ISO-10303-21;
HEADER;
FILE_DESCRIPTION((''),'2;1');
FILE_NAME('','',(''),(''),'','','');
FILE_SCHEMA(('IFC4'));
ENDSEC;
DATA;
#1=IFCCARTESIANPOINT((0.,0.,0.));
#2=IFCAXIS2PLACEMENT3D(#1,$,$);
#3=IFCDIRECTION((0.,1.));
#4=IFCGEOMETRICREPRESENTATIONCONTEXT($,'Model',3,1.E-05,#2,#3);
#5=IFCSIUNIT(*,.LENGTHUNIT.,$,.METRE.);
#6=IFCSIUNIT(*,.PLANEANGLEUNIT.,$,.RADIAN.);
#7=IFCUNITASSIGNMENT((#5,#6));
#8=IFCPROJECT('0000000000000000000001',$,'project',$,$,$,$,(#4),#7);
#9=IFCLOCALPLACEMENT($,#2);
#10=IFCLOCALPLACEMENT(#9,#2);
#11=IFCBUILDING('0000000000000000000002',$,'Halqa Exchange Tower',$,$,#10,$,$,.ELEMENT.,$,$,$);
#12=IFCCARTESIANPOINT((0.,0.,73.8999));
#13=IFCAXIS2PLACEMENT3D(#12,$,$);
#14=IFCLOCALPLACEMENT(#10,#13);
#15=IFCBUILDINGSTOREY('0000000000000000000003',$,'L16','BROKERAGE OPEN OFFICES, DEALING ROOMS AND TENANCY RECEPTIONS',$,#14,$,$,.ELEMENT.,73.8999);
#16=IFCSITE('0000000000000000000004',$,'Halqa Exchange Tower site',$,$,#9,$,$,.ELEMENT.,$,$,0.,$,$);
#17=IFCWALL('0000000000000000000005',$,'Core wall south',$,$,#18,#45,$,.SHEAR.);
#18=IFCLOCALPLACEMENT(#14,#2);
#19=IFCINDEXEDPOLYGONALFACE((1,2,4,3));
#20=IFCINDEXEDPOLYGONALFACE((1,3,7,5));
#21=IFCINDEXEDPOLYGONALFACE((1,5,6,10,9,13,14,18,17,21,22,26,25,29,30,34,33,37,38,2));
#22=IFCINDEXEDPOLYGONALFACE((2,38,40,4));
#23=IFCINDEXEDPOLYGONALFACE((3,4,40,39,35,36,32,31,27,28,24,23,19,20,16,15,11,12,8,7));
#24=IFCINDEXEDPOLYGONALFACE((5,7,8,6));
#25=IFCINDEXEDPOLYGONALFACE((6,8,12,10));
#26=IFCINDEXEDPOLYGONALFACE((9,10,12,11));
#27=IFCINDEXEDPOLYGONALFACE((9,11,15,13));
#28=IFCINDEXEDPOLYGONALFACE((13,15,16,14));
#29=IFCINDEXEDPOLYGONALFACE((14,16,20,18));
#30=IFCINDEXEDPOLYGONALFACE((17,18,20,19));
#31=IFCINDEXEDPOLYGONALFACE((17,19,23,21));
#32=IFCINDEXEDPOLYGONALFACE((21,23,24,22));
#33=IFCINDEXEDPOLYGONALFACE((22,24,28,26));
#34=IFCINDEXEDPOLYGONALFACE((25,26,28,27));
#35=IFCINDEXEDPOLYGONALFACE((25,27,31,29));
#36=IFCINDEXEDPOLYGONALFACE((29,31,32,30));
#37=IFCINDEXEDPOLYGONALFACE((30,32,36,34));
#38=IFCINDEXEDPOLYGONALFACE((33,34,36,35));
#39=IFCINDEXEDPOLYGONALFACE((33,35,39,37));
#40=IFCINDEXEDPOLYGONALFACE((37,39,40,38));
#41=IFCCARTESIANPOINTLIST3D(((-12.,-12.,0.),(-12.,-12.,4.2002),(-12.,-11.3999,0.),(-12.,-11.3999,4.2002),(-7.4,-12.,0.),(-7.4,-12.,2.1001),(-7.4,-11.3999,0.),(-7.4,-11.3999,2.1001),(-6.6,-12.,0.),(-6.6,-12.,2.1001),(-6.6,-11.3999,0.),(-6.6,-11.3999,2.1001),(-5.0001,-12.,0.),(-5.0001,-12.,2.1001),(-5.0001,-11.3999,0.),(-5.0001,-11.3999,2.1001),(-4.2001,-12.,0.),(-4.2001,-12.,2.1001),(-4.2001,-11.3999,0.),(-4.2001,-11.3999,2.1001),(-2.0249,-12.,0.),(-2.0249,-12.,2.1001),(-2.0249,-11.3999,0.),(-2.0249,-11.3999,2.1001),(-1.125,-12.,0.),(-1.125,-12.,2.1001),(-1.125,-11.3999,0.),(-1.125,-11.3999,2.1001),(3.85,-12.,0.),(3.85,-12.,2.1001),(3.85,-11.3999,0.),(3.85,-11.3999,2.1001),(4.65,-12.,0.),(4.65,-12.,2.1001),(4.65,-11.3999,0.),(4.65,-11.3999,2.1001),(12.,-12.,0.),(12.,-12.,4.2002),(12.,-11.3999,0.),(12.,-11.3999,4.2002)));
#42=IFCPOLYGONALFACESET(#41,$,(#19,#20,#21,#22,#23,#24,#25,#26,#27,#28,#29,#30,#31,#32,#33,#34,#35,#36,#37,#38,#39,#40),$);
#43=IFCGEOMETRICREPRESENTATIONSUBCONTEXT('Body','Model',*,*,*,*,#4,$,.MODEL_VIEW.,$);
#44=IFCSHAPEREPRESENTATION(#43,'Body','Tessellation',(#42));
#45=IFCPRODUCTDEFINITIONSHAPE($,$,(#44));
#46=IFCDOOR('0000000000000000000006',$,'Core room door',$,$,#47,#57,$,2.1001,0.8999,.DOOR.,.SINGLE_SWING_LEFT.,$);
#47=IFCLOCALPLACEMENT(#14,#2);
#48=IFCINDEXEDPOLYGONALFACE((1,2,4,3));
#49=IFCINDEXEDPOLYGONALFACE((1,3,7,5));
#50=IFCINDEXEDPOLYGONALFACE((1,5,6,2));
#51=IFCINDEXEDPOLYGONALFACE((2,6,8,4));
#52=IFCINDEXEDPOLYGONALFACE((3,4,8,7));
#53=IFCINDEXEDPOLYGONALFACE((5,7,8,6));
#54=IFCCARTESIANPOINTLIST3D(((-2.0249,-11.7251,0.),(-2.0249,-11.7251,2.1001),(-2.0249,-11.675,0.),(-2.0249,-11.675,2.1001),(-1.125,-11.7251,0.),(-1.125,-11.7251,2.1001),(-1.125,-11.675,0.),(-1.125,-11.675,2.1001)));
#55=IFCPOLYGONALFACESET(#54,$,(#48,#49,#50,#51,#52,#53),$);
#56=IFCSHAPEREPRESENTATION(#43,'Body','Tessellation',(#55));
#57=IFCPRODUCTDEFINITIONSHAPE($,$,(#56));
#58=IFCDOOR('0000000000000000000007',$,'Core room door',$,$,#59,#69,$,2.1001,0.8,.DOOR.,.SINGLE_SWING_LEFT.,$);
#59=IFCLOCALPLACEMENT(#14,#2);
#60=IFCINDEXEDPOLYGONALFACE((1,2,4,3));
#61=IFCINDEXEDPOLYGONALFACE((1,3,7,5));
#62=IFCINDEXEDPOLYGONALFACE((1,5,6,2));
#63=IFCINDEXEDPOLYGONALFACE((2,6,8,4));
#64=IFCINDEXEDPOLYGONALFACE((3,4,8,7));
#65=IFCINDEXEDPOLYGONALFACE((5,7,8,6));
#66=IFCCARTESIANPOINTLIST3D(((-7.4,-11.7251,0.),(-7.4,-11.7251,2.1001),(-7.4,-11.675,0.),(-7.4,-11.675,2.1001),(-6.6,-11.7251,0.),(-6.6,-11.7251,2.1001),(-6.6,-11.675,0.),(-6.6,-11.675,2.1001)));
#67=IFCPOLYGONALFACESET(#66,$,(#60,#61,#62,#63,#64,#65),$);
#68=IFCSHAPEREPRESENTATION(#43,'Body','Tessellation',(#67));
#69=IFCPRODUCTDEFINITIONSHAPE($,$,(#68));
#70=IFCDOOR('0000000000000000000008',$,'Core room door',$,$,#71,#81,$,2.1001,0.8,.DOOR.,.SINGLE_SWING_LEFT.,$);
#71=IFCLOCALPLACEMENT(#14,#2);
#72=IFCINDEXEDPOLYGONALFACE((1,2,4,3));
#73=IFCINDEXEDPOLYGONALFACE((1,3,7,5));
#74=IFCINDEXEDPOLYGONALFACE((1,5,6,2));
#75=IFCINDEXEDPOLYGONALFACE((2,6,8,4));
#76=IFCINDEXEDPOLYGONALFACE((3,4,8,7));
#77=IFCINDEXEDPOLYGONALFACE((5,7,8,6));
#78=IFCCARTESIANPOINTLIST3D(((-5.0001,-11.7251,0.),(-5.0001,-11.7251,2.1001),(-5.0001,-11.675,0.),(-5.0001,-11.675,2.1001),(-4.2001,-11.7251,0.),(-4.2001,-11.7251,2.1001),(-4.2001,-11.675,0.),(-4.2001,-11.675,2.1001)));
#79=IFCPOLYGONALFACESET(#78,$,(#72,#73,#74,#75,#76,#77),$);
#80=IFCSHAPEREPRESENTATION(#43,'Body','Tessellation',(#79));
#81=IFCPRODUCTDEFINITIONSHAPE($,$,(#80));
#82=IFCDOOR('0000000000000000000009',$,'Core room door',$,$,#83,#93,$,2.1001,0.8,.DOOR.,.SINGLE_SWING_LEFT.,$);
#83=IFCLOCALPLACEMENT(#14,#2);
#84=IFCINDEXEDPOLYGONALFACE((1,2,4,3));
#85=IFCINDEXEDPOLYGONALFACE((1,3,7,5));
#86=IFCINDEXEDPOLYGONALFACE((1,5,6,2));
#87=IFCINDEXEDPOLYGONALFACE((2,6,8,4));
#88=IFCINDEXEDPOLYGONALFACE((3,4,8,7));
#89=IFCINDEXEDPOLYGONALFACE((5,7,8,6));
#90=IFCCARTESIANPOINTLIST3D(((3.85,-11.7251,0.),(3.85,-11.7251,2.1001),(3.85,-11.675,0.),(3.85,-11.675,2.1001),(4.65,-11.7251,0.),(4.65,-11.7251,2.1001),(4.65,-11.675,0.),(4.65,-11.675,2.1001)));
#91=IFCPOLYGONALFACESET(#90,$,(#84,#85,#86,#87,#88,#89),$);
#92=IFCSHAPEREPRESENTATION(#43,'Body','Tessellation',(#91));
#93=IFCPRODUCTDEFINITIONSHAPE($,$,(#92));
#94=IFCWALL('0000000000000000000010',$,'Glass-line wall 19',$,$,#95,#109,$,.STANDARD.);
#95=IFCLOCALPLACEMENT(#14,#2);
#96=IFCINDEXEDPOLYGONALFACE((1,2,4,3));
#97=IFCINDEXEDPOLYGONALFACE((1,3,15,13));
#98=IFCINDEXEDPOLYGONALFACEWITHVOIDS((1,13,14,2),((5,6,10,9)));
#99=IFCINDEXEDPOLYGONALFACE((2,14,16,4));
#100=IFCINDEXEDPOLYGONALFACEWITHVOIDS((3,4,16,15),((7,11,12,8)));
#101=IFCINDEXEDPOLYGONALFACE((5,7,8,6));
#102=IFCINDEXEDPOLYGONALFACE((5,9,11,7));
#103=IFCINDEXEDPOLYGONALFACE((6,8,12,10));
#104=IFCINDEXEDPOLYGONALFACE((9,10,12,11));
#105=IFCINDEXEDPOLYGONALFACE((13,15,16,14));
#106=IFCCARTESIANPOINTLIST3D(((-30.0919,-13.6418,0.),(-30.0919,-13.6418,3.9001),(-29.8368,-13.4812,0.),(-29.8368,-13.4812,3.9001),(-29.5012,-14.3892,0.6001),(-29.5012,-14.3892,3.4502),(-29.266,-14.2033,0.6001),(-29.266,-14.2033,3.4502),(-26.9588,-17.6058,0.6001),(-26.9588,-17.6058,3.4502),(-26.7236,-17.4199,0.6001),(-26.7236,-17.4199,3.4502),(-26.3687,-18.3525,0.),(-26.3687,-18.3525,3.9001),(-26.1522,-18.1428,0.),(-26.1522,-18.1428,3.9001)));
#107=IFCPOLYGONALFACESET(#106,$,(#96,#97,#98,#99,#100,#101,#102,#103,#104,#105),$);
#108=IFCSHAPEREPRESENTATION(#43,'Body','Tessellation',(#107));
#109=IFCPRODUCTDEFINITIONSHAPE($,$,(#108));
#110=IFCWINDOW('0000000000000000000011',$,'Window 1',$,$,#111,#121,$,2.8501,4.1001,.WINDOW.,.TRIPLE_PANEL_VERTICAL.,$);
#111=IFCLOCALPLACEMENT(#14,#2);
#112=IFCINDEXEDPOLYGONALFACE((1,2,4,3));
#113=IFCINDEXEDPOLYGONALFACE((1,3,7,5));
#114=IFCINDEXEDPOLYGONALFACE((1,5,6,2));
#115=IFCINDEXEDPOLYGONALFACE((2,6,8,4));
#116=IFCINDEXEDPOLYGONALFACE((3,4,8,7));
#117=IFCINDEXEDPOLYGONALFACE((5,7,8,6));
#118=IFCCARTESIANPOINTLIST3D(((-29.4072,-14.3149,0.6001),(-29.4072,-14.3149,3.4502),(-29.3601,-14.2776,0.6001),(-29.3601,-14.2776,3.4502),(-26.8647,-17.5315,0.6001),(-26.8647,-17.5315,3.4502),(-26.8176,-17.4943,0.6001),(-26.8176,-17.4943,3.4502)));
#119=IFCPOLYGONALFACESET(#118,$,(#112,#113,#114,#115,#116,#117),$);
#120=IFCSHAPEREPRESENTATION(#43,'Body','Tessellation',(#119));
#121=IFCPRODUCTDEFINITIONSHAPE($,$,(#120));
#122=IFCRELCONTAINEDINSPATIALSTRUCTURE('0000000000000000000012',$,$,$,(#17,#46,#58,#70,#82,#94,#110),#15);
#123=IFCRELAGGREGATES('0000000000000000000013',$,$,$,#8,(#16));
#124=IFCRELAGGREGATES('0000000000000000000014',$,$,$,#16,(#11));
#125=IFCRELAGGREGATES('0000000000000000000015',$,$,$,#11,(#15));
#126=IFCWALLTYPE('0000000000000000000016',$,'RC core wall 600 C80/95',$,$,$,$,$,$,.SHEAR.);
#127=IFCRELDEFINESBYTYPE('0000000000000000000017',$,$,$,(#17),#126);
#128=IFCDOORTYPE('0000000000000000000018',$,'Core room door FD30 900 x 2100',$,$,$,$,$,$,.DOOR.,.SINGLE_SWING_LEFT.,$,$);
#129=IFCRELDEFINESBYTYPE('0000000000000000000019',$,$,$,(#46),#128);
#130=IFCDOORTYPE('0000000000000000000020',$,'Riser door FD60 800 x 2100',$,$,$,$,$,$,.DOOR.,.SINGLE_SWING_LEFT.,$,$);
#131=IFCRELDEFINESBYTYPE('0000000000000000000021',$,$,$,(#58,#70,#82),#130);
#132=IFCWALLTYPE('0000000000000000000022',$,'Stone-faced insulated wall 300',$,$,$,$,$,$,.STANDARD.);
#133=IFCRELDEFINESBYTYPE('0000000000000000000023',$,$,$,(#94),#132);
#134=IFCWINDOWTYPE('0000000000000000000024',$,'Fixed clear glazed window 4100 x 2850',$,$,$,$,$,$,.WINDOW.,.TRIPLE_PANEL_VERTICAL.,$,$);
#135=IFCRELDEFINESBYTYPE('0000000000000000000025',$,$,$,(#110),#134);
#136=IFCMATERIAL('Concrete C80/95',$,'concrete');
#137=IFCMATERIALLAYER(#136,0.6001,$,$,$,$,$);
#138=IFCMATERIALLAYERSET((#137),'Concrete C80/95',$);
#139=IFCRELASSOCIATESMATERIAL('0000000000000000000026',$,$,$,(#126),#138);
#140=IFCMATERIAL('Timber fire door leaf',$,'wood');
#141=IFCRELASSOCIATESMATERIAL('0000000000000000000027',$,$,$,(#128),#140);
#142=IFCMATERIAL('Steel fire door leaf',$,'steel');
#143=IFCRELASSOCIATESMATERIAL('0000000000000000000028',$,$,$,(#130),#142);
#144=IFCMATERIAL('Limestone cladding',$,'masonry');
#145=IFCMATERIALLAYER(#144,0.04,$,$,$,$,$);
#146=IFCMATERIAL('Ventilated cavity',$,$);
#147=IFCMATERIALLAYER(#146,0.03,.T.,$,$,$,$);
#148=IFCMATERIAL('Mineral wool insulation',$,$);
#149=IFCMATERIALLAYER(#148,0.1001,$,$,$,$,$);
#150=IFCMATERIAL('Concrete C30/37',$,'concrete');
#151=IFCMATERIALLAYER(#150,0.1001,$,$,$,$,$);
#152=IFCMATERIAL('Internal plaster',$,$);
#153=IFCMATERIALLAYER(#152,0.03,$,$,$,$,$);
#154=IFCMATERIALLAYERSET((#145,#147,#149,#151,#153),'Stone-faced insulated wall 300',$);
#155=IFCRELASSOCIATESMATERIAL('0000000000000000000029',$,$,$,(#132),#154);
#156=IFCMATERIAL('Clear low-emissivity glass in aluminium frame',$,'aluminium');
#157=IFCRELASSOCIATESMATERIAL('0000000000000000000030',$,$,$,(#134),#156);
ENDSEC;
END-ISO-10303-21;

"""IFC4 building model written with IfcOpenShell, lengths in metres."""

from ifc_helpers import new_model, si_unit, direction, frame, frame_2d, origin, place, context, subcontext, project, spatial, polyline, rectangle, outline, extrude, material, layer, layer_set, type_object, element, fill, save


model = new_model("IFC4")

# Units and contexts
model_context = context("Model", 3, precision=1e-05, world=origin(), true_north=direction((0.0, 1.0)))
body_context = subcontext(model_context, "Body", "Model", "MODEL_VIEW")
ifc_project = project(units=[si_unit("LENGTHUNIT", "METRE"), si_unit("PLANEANGLEUNIT", "RADIAN")], contexts=[model_context])

# Site, building, storey
site_placement = place(None, origin())
site = spatial("IfcSite", under=ifc_project, at=site_placement, Name="Halqa Exchange Tower site", CompositionType="ELEMENT", RefElevation=0.0)
building_placement = place(site_placement, origin())
building = spatial("IfcBuilding", under=site, at=building_placement, Name="Halqa Exchange Tower", CompositionType="ELEMENT")
storey_placement = place(building_placement, frame((0.0, 0.0, 73.8999)))
storey = spatial("IfcBuildingStorey", under=building, at=storey_placement, Name="L16", Description="BROKERAGE OPEN OFFICES, DEALING ROOMS AND TENANCY RECEPTIONS", CompositionType="ELEMENT", Elevation=73.8999)

# Shared definitions
ifc_material_1 = material(Name="Steel fire door leaf", Category="steel")

# Wall, openings, doors
ifc_material_2 = material(Name="Concrete C80/95", Category="concrete")
ifc_layer_1 = layer(ifc_material_2, 0.6001)
ifc_layer_set_1 = layer_set([ifc_layer_1], Name="Concrete C80/95")
wall_type_1 = type_object("IfcWallType", Name="RC core wall 600 C80/95", PredefinedType="SHEAR", material=ifc_layer_set_1)
wall_1_placement = place(storey_placement, frame((-12.0, -11.7, 0.0), z_axis=(0.0, 0.0, 1.0), x_axis=(1.0, 0.0, 0.0)))
wall_1 = element("IfcWall", 1, at=wall_1_placement, inside=storey, type_object=wall_type_1, Name="Core wall south", PredefinedType="SHEAR", context=body_context, shape_type="SweptSolid", body=[
    extrude(rectangle(XDim=24.0, YDim=0.6001, at=frame_2d((12.0, 0.0))), origin(), (0.0, 0.0, 1.0), 4.2002),
])
opening_1_placement = place(wall_1_placement, frame((9.9751, 0.0, 0.0)))
opening_1 = element("IfcOpeningElement", 2, at=opening_1_placement, cuts=wall_1, PredefinedType="OPENING", context=body_context, shape_type="SweptSolid", body=[
    extrude(rectangle(XDim=0.8999, YDim=2.1001, at=frame_2d((0.45, 1.05))), frame((0.0, 0.312, 0.0), z_axis=(0.0, -1.0, 0.0), x_axis=(1.0, 0.0, 0.0)), (0.0, 0.0, 1.0), 0.624),
])
opening_2_placement = place(wall_1_placement, frame((4.6001, 0.0, 0.0)))
opening_2 = element("IfcOpeningElement", 3, at=opening_2_placement, cuts=wall_1, PredefinedType="OPENING", context=body_context, shape_type="SweptSolid", body=[
    extrude(rectangle(XDim=0.8, YDim=2.1001, at=frame_2d((0.3999, 1.05))), frame((0.0, 0.312, 0.0), z_axis=(0.0, -1.0, 0.0), x_axis=(1.0, 0.0, 0.0)), (0.0, 0.0, 1.0), 0.624),
])
opening_3_placement = place(wall_1_placement, frame((7.0, 0.0, 0.0)))
opening_3 = element("IfcOpeningElement", 4, at=opening_3_placement, cuts=wall_1, PredefinedType="OPENING", context=body_context, shape_type="SweptSolid", body=[
    extrude(rectangle(XDim=0.8, YDim=2.1001, at=frame_2d((0.3999, 1.05))), frame((0.0, 0.312, 0.0), z_axis=(0.0, -1.0, 0.0), x_axis=(1.0, 0.0, 0.0)), (0.0, 0.0, 1.0), 0.624),
])
opening_4_placement = place(wall_1_placement, frame((15.8501, 0.0, 0.0)))
opening_4 = element("IfcOpeningElement", 5, at=opening_4_placement, cuts=wall_1, PredefinedType="OPENING", context=body_context, shape_type="SweptSolid", body=[
    extrude(rectangle(XDim=0.8, YDim=2.1001, at=frame_2d((0.3999, 1.05))), frame((0.0, 0.312, 0.0), z_axis=(0.0, -1.0, 0.0), x_axis=(1.0, 0.0, 0.0)), (0.0, 0.0, 1.0), 0.624),
])
ifc_material_3 = material(Name="Timber fire door leaf", Category="wood")
door_type_1 = type_object("IfcDoorType", Name="Core room door FD30 900 x 2100", OperationType="SINGLE_SWING_LEFT", PredefinedType="DOOR", material=ifc_material_3)
door_1_placement = place(opening_1_placement, origin())
door_1 = element("IfcDoor", 6, at=door_1_placement, inside=storey, type_object=door_type_1, Name="Core room door", OperationType="SINGLE_SWING_LEFT", OverallHeight=2.1001, OverallWidth=0.8999, PredefinedType="DOOR", context=body_context, shape_type="SweptSolid", body=[
    extrude(rectangle(XDim=0.8999, YDim=2.1001, at=frame_2d((0.45, 1.05))), frame((0.0, 0.0249, 0.0), z_axis=(0.0, -1.0, 0.0), x_axis=(1.0, 0.0, 0.0)), (0.0, 0.0, 1.0), 0.05),
])
fill(opening_1, door_1)
door_type_2 = type_object("IfcDoorType", Name="Riser door FD60 800 x 2100", OperationType="SINGLE_SWING_LEFT", PredefinedType="DOOR", material=ifc_material_1)
door_2_placement = place(opening_2_placement, origin())
door_2 = element("IfcDoor", 7, at=door_2_placement, inside=storey, type_object=door_type_2, Name="Core room door", OperationType="SINGLE_SWING_LEFT", OverallHeight=2.1001, OverallWidth=0.8, PredefinedType="DOOR", context=body_context, shape_type="SweptSolid", body=[
    extrude(rectangle(XDim=0.8, YDim=2.1001, at=frame_2d((0.3999, 1.05))), frame((0.0, 0.0249, 0.0), z_axis=(0.0, -1.0, 0.0), x_axis=(1.0, 0.0, 0.0)), (0.0, 0.0, 1.0), 0.05),
])
fill(opening_2, door_2)
door_3_placement = place(opening_3_placement, origin())
door_3 = element("IfcDoor", 8, at=door_3_placement, inside=storey, type_object=door_type_2, Name="Core room door", OperationType="SINGLE_SWING_LEFT", OverallHeight=2.1001, OverallWidth=0.8, PredefinedType="DOOR", context=body_context, shape_type="SweptSolid", body=[
    extrude(rectangle(XDim=0.8, YDim=2.1001, at=frame_2d((0.3999, 1.05))), frame((0.0, 0.0249, 0.0), z_axis=(0.0, -1.0, 0.0), x_axis=(1.0, 0.0, 0.0)), (0.0, 0.0, 1.0), 0.05),
])
fill(opening_3, door_3)
door_4_placement = place(opening_4_placement, origin())
door_4 = element("IfcDoor", 9, at=door_4_placement, inside=storey, type_object=door_type_2, Name="Core room door", OperationType="SINGLE_SWING_LEFT", OverallHeight=2.1001, OverallWidth=0.8, PredefinedType="DOOR", context=body_context, shape_type="SweptSolid", body=[
    extrude(rectangle(XDim=0.8, YDim=2.1001, at=frame_2d((0.3999, 1.05))), frame((0.0, 0.0249, 0.0), z_axis=(0.0, -1.0, 0.0), x_axis=(1.0, 0.0, 0.0)), (0.0, 0.0, 1.0), 0.05),
])
fill(opening_4, door_4)

# Wall, opening, window
ifc_material_4 = material(Name="Limestone cladding", Category="masonry")
ifc_layer_2 = layer(ifc_material_4, 0.04)
ifc_material_5 = material(Name="Ventilated cavity")
ifc_layer_3 = layer(ifc_material_5, 0.03, ventilated=True)
ifc_material_6 = material(Name="Mineral wool insulation")
ifc_layer_4 = layer(ifc_material_6, 0.1001)
ifc_material_7 = material(Name="Concrete C30/37", Category="concrete")
ifc_layer_5 = layer(ifc_material_7, 0.1001)
ifc_material_8 = material(Name="Internal plaster")
ifc_layer_6 = layer(ifc_material_8, 0.03)
ifc_layer_set_2 = layer_set([ifc_layer_2, ifc_layer_3, ifc_layer_4, ifc_layer_5, ifc_layer_6], Name="Stone-faced insulated wall 300")
wall_type_2 = type_object("IfcWallType", Name="Stone-faced insulated wall 300", PredefinedType="STANDARD", material=ifc_layer_set_2)
wall_2_placement = place(storey_placement, frame((-29.9644, -13.5615, 0.0), z_axis=(0.0, 0.0, 1.0), x_axis=(0.620093, -0.784528, 0.0)))
wall_2 = element("IfcWall", 10, at=wall_2_placement, inside=storey, type_object=wall_type_2, Name="Glass-line wall 19", PredefinedType="STANDARD", context=body_context, shape_type="SweptSolid", body=[
    extrude(outline(polyline([(-0.0161, -0.1499), (5.9883, -0.1499), (5.958, 0.1499), (0.0161, 0.1499), (-0.0161, -0.1499)])), origin(), (0.0, 0.0, 1.0), 3.9001),
])
opening_5_placement = place(wall_2_placement, frame((0.9365, 0.0, 0.6001)))
opening_5 = element("IfcOpeningElement", 11, at=opening_5_placement, cuts=wall_2, PredefinedType="OPENING", context=body_context, shape_type="SweptSolid", body=[
    extrude(rectangle(XDim=4.1001, YDim=2.8501, at=frame_2d((2.05, 1.425))), frame((0.0, 0.1621, 0.0), z_axis=(0.0, -1.0, 0.0), x_axis=(1.0, 0.0, 0.0)), (0.0, 0.0, 1.0), 0.324),
])
ifc_material_9 = material(Name="Clear low-emissivity glass in aluminium frame", Category="aluminium")
window_type = type_object("IfcWindowType", Name="Fixed clear glazed window 4100 x 2850", PartitioningType="TRIPLE_PANEL_VERTICAL", PredefinedType="WINDOW", material=ifc_material_9)
window_placement = place(opening_5_placement, origin())
window = element("IfcWindow", 12, at=window_placement, inside=storey, type_object=window_type, Name="Window 1", OverallHeight=2.8501, OverallWidth=4.1001, PartitioningType="TRIPLE_PANEL_VERTICAL", PredefinedType="WINDOW", context=body_context, shape_type="SweptSolid", body=[
    extrude(rectangle(XDim=4.1001, YDim=2.8501, at=frame_2d((2.05, 1.425))), frame((0.0, 0.03, 0.0), z_axis=(0.0, -1.0, 0.0), x_axis=(1.0, 0.0, 0.0)), (0.0, 0.0, 1.0), 0.0601),
])
fill(opening_5, window)

save(model, "model.ifc")
